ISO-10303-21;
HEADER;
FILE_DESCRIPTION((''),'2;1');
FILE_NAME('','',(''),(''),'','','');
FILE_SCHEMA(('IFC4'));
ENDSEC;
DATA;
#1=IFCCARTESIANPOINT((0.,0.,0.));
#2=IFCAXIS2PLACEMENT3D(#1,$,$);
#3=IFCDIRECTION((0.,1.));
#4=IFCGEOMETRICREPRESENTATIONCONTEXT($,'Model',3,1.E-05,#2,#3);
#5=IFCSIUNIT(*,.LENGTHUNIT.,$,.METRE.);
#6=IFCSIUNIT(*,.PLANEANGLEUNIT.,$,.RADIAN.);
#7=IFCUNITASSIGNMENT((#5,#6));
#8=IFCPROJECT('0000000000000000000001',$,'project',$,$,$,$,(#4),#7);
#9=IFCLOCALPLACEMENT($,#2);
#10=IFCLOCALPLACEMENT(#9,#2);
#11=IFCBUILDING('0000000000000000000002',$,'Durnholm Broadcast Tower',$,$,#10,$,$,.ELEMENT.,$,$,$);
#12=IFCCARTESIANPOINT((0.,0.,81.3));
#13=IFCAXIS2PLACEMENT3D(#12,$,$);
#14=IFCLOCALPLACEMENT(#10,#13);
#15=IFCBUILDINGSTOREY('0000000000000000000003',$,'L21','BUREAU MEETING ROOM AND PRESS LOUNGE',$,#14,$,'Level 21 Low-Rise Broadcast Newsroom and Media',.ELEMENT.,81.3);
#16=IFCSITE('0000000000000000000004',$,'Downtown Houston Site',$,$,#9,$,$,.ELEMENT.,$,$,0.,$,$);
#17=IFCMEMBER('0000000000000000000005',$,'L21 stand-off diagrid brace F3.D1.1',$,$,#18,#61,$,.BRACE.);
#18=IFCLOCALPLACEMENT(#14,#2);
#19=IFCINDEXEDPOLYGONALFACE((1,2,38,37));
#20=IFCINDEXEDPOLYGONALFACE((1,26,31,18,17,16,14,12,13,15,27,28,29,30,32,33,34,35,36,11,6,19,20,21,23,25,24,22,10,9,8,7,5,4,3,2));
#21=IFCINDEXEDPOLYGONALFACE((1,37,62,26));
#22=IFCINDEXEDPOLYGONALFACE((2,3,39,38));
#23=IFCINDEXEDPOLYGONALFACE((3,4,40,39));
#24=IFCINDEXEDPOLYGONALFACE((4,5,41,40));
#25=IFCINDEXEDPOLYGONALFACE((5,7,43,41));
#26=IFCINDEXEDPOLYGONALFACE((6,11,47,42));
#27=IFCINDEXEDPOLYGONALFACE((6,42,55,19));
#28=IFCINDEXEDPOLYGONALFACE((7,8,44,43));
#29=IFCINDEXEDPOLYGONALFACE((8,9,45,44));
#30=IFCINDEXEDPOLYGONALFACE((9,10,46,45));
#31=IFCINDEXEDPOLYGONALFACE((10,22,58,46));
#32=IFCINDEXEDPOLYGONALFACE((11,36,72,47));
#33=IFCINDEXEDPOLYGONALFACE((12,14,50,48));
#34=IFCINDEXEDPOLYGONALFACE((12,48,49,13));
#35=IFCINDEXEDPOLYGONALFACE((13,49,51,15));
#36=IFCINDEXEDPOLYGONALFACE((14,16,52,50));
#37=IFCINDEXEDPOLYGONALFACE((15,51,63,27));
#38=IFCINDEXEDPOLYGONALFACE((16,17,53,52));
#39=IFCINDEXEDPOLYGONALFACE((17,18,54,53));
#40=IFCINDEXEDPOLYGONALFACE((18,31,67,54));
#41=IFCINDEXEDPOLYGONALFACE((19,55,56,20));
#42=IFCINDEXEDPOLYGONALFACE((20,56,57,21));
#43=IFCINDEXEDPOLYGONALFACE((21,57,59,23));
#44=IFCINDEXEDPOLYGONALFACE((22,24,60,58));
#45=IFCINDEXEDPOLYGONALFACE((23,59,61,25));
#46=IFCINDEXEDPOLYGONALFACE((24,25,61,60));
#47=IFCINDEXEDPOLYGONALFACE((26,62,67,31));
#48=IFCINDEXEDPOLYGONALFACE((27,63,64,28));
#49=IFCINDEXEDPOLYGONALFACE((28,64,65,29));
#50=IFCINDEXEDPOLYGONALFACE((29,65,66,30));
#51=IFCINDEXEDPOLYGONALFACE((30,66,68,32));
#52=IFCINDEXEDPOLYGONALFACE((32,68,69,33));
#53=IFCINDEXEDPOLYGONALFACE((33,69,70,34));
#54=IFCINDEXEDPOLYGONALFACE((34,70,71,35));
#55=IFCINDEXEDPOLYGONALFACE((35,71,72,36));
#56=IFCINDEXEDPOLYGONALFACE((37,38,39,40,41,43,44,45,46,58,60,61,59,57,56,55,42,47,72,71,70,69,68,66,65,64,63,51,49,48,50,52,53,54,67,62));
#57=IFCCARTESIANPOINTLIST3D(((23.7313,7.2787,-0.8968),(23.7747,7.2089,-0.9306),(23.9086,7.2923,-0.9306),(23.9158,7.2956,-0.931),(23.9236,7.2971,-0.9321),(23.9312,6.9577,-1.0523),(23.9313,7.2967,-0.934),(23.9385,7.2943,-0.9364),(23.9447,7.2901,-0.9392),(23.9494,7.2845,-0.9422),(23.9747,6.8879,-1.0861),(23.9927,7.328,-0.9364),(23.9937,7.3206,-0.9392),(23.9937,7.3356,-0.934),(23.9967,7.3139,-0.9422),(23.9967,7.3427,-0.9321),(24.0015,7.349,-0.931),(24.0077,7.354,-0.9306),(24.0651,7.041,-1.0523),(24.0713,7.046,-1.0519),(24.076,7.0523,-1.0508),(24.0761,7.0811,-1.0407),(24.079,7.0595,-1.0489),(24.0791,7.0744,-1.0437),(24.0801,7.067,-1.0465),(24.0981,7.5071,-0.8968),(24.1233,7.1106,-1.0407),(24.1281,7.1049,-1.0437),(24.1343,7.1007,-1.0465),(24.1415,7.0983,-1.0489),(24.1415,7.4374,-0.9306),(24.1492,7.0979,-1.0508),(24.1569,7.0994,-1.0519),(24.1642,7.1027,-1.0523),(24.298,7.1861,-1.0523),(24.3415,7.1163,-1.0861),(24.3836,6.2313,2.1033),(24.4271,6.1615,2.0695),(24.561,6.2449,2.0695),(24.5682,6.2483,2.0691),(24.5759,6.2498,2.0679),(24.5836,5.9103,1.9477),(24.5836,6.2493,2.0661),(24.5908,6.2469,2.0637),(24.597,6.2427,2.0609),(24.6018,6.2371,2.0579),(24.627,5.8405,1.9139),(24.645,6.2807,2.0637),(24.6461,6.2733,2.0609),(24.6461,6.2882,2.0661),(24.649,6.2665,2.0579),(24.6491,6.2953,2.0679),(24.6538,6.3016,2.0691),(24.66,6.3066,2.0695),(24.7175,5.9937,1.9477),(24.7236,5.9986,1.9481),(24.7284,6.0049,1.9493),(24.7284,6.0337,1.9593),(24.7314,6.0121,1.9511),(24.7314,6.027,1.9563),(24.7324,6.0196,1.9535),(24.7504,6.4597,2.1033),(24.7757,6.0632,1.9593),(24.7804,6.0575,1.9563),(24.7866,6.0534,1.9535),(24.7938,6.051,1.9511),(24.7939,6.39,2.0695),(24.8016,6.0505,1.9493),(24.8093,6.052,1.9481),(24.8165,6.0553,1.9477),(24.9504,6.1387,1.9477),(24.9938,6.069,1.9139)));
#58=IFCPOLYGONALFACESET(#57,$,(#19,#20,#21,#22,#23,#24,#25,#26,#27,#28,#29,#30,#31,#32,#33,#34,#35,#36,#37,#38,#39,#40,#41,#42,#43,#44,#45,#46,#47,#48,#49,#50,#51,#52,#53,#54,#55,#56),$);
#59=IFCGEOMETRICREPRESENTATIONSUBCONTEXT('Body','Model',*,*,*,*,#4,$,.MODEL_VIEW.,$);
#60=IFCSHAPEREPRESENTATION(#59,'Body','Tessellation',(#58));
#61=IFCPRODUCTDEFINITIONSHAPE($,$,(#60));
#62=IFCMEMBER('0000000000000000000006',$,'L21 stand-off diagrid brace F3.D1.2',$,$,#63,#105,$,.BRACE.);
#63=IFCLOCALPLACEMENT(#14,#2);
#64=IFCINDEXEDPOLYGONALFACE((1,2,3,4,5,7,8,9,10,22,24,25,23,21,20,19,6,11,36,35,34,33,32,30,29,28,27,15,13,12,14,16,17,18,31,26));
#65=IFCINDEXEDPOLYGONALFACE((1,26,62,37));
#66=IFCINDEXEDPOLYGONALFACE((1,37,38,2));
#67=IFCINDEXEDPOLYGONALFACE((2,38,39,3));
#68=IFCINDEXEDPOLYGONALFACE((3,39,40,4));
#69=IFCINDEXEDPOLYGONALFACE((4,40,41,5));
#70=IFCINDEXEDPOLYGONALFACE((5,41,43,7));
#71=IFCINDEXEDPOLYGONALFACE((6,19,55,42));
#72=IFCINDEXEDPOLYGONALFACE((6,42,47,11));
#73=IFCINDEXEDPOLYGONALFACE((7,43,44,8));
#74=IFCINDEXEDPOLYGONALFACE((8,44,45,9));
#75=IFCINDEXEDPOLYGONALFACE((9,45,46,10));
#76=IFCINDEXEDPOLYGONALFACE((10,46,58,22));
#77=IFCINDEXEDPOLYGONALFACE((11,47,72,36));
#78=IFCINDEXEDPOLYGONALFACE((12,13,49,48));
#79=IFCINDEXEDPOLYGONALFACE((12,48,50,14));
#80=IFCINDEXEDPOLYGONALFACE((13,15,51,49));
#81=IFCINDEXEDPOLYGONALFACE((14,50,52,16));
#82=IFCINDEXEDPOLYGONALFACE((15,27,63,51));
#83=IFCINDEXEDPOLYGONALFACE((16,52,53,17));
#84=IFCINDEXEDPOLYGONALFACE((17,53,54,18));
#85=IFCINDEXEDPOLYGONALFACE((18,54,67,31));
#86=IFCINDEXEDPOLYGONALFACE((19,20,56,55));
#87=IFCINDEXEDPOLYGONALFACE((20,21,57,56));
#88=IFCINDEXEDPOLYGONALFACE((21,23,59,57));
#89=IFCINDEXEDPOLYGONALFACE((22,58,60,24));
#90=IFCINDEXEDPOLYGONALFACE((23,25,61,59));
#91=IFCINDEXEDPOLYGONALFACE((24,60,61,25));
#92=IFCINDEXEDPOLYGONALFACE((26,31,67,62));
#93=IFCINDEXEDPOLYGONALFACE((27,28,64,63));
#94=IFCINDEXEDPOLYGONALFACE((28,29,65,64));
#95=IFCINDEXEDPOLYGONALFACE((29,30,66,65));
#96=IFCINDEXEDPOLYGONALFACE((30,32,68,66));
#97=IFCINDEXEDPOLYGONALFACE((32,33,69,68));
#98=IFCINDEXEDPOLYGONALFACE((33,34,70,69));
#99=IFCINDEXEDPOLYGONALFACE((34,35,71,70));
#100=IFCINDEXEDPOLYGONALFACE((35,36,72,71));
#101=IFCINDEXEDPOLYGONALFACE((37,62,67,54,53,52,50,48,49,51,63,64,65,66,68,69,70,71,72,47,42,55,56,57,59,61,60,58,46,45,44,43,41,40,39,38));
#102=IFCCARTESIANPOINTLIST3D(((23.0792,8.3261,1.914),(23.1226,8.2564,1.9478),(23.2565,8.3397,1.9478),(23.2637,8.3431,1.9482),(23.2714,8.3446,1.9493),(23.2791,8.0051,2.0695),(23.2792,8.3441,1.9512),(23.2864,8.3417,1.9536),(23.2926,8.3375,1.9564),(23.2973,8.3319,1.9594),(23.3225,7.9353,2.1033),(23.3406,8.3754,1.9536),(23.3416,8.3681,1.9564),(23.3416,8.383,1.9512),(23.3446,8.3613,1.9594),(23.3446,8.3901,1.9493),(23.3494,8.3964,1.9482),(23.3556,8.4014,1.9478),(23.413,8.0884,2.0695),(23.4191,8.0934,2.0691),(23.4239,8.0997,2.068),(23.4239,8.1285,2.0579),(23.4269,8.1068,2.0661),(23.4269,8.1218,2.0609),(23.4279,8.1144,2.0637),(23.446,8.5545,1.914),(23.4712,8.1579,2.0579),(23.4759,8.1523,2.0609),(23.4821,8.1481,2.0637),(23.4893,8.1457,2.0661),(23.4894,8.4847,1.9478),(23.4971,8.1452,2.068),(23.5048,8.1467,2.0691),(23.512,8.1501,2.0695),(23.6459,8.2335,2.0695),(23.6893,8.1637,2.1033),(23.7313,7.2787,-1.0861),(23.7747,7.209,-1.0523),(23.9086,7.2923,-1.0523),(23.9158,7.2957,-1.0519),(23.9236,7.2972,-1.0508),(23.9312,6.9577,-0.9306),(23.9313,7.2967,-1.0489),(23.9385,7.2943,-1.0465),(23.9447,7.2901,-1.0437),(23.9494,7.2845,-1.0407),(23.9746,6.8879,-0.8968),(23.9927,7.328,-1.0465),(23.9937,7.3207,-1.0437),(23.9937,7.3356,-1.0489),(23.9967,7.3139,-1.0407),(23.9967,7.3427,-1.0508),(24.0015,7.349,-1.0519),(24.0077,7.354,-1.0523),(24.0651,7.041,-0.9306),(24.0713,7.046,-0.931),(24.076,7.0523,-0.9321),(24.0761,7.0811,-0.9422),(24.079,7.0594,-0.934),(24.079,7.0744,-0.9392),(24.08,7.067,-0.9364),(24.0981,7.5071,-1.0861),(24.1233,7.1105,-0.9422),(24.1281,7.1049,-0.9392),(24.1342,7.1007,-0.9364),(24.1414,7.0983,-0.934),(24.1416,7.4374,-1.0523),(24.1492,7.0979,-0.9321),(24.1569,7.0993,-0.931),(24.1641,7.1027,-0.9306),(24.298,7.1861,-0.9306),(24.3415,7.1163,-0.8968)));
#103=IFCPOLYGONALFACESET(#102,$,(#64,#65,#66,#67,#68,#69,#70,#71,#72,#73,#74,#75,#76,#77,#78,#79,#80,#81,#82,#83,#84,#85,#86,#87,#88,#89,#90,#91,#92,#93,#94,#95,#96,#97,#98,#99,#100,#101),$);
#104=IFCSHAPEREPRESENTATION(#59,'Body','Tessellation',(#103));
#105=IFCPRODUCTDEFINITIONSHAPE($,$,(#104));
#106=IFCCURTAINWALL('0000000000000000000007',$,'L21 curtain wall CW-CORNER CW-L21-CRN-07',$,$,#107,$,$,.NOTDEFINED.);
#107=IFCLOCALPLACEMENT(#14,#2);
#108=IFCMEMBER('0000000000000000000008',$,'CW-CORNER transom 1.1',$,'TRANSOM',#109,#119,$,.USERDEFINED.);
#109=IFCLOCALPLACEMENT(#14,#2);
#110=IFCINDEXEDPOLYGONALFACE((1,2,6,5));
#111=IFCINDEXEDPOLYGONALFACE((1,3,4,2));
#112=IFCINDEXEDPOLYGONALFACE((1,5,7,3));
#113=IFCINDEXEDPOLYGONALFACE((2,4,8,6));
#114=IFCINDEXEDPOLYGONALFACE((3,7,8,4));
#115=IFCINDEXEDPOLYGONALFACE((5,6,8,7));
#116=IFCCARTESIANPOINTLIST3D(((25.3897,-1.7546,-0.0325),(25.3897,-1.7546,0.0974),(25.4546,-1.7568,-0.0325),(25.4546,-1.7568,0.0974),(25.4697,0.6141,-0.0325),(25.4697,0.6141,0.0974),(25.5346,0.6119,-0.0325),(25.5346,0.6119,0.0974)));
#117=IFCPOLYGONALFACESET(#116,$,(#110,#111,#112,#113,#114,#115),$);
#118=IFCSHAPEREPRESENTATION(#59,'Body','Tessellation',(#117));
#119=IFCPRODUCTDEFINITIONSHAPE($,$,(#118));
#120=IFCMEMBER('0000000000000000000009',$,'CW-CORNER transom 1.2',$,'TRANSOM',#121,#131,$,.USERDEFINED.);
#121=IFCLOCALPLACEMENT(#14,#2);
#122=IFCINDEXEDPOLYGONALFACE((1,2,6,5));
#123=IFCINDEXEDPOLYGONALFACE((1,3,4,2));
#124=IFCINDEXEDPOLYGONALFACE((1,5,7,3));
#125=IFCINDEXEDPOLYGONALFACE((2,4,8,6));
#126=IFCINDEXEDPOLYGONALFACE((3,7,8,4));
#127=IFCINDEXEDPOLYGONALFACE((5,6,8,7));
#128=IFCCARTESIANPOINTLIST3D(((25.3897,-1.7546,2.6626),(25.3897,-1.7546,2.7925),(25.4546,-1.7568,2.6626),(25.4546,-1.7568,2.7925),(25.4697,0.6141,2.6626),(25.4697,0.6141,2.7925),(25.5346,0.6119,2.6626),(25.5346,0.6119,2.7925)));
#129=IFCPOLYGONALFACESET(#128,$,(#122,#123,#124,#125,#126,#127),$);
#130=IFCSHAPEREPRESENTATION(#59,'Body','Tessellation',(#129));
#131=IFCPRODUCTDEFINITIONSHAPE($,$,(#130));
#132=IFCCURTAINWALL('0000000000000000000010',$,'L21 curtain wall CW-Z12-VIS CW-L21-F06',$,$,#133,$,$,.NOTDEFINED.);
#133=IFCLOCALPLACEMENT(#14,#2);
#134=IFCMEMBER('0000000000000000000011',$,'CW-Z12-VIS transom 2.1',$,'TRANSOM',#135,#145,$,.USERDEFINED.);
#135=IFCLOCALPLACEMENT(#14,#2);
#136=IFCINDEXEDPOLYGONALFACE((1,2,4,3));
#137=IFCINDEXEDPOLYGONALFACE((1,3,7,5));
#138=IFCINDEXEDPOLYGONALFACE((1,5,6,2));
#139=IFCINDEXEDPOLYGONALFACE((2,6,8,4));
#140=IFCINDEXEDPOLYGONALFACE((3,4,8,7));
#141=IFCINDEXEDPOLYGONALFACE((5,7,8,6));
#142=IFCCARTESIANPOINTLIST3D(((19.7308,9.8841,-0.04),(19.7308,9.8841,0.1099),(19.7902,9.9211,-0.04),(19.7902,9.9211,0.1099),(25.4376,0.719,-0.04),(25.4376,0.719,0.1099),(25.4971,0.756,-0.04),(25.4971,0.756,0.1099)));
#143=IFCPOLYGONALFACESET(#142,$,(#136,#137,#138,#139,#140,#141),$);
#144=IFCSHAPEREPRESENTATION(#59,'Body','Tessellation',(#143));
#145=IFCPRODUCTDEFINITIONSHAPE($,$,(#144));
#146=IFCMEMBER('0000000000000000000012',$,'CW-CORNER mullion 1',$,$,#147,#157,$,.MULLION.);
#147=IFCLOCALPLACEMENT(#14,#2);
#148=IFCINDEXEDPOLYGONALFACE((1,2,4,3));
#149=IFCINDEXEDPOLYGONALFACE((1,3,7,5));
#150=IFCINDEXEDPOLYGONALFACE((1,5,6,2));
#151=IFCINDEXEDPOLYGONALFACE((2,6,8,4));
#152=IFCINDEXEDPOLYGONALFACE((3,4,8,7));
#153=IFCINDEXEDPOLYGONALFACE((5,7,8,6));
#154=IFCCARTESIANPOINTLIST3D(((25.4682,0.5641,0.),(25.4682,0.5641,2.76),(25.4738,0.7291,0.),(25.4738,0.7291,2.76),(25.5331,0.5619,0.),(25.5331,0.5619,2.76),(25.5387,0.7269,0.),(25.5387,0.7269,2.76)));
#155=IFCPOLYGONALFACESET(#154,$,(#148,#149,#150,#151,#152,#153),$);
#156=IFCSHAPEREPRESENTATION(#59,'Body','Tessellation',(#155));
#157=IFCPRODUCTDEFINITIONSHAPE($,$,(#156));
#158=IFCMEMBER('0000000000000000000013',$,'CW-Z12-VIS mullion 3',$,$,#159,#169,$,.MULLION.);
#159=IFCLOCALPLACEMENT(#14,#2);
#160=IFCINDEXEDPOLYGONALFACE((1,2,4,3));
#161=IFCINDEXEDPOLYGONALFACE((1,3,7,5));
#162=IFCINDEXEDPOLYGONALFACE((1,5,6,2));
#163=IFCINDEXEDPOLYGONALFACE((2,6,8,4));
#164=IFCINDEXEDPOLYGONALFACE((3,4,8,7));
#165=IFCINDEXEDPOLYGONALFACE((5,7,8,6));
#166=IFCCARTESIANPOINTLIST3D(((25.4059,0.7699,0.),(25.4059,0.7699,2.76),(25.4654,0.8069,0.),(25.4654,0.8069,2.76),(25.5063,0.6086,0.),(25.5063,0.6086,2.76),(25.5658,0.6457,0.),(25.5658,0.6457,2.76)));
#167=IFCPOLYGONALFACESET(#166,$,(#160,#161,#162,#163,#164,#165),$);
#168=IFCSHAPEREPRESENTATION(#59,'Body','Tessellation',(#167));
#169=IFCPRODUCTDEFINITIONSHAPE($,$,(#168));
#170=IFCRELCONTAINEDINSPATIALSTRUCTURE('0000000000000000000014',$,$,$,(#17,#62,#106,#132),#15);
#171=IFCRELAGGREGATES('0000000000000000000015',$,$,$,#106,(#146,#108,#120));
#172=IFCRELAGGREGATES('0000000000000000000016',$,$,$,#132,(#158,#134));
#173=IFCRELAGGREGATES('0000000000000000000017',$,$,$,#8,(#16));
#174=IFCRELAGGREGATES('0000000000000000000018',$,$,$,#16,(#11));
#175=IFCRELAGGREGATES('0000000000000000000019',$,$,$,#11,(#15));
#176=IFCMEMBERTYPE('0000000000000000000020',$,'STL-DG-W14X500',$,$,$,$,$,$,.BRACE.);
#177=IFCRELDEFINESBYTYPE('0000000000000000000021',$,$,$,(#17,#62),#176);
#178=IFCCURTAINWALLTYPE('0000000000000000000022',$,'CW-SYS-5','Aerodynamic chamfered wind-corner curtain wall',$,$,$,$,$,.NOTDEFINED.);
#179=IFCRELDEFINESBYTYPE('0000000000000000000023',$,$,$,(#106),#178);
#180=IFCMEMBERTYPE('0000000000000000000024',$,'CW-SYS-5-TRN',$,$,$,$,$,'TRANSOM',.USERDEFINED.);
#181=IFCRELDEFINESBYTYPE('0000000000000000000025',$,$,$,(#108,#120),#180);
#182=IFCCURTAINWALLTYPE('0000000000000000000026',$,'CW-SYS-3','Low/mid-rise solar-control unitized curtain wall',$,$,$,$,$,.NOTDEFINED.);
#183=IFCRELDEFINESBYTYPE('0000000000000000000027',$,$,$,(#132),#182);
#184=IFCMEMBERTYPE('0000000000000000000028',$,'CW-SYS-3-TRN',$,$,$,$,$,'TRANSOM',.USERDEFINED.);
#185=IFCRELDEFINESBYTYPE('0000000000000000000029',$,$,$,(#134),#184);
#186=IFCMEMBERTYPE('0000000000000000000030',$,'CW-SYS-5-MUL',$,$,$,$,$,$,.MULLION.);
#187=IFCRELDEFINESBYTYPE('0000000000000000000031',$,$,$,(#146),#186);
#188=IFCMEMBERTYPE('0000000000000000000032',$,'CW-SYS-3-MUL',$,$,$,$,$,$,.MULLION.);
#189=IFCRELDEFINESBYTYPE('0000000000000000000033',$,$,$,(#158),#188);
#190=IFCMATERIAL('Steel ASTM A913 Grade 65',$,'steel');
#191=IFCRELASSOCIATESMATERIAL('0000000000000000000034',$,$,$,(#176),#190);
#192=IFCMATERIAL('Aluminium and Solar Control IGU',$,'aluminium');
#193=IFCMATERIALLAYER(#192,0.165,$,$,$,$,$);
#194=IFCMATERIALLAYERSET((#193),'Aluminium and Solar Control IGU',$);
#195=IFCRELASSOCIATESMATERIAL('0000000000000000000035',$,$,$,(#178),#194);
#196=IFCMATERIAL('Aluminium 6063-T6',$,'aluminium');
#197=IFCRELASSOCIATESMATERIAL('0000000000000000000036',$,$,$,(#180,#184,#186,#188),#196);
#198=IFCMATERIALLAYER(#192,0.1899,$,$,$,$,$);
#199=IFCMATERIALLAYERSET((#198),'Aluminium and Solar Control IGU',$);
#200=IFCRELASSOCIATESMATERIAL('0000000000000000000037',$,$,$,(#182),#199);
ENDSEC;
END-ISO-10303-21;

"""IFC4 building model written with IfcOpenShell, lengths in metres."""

from ifc_helpers import new_model, si_unit, direction, frame, origin, origin_2d, place, context, subcontext, project, spatial, rectangle, i_section, extrude, source, transform, mapped, material, layer, layer_set, material_profile, profile_set, type_object, type_shapes, element, aggregate, save


model = new_model("IFC4")

# Units and contexts
model_context = context("Model", 3, precision=1e-05, world=origin(), true_north=direction((0.0, 1.0)))
body_context = subcontext(model_context, "Body", "Model", "MODEL_VIEW")
ifc_project = project(units=[si_unit("LENGTHUNIT", "METRE"), si_unit("PLANEANGLEUNIT", "RADIAN")], contexts=[model_context])

# Site, building, storey
site_placement = place(None, origin())
site = spatial("IfcSite", under=ifc_project, at=site_placement, Name="Downtown Houston Site", CompositionType="ELEMENT", RefElevation=0.0)
building_placement = place(site_placement, origin())
building = spatial("IfcBuilding", under=site, at=building_placement, Name="Durnholm Broadcast Tower", CompositionType="ELEMENT")
storey_placement = place(building_placement, frame((0.0, 0.0, 81.3)))
storey = spatial("IfcBuildingStorey", under=building, at=storey_placement, Name="L21", Description="BUREAU MEETING ROOM AND PRESS LOUNGE", LongName="Level 21 Low-Rise Broadcast Newsroom and Media", CompositionType="ELEMENT", Elevation=81.3)

# Members
ifc_material_1 = material(Name="Steel ASTM A913 Grade 65", Category="steel")
ifc_material_profile_1 = material_profile(ifc_material_1, i_section(OverallWidth=0.4321, OverallDepth=0.4978, WebThickness=0.0557, FlangeThickness=0.0889, FilletRadius=0.0305, at=origin_2d()), Name="W14X500")
ifc_profile_set_1 = profile_set([ifc_material_profile_1], Name="Steel ASTM A913 Grade 65")
member_type_1 = type_object("IfcMemberType", Name="STL-DG-W14X500", PredefinedType="BRACE", material=ifc_profile_set_1)
shared_shape_1 = source(origin(), body_context, "Body", "SweptSolid", [
    extrude(i_section(OverallWidth=0.4321, OverallDepth=0.4978, WebThickness=0.0557, FlangeThickness=0.0889, FilletRadius=0.0305, at=origin_2d()), origin(), (0.0, 0.0, 1.0), 3.2439),
])
type_shapes(member_type_1, [shared_shape_1])
for number, where, z_axis, x_axis, name in (
    (1, (24.0364, 7.1975, -0.9915), (0.201102, -0.322877, 0.924829), (0.84882, 0.528682, 0.0), "L21 stand-off diagrid brace F3.D1.1"),
    (2, (24.0364, 7.1975, -0.9915), (-0.20103, 0.322882, 0.924843), (-0.848909, -0.52854, 0.0), "L21 stand-off diagrid brace F3.D1.2"),
):
    element("IfcMember", number, at=place(storey_placement, frame(where, z_axis=z_axis, x_axis=x_axis)), inside=storey, type_object=member_type_1, Name=name, PredefinedType="BRACE", context=body_context, shape_type="MappedRepresentation", body=[
        mapped(shared_shape_1, transform((0.0, 0.0, 0.0), x_axis=(1.0, 0.0, 0.0), y_axis=(0.0, 1.0, 0.0), z_axis=(0.0, 0.0, 1.0), scale=1.0)),
    ])

# Curtain wall, members
ifc_material_2 = material(Name="Aluminium and Solar Control IGU", Category="aluminium")
ifc_layer_1 = layer(ifc_material_2, 0.165)
ifc_layer_set_1 = layer_set([ifc_layer_1], Name="Aluminium and Solar Control IGU")
curtain_wall_type_1 = type_object("IfcCurtainWallType", Name="CW-SYS-5", Description="Aerodynamic chamfered wind-corner curtain wall", PredefinedType="NOTDEFINED", material=ifc_layer_set_1)
curtain_wall_1_placement = place(storey_placement, origin())
curtain_wall_1 = element("IfcCurtainWall", 3, at=curtain_wall_1_placement, inside=storey, type_object=curtain_wall_type_1, Name="L21 curtain wall CW-CORNER CW-L21-CRN-07", PredefinedType="NOTDEFINED")
ifc_material_3 = material(Name="Aluminium 6063-T6", Category="aluminium")
ifc_material_profile_2 = material_profile(ifc_material_3, rectangle(XDim=0.0649, YDim=0.1299, at=origin_2d()), Name="CWT65X130")
ifc_profile_set_2 = profile_set([ifc_material_profile_2], Name="Aluminium 6063-T6")
member_type_2 = type_object("IfcMemberType", Name="CW-SYS-5-TRN", ElementType="TRANSOM", PredefinedType="USERDEFINED", material=ifc_profile_set_2)
shared_shape_2 = source(origin(), body_context, "Body", "SweptSolid", [
    extrude(rectangle(XDim=0.0649, YDim=0.1299, at=origin_2d()), origin(), (0.0, 0.0, 1.0), 2.3701),
])
type_shapes(member_type_2, [shared_shape_2])
member_1_placement = place(storey_placement, frame((25.5022, 0.613, 0.0325), z_axis=(-0.033788, -0.999429, 0.0), x_axis=(0.999429, -0.033788, 0.0)))
member_1 = element("IfcMember", 4, at=member_1_placement, type_object=member_type_2, Name="CW-CORNER transom 1.1", ObjectType="TRANSOM", PredefinedType="USERDEFINED", context=body_context, shape_type="MappedRepresentation", body=[
    mapped(shared_shape_2, transform((0.0, 0.0, 0.0), x_axis=(1.0, 0.0, 0.0), y_axis=(0.0, 1.0, 0.0), z_axis=(0.0, 0.0, 1.0), scale=1.0)),
])
member_2_placement = place(storey_placement, frame((25.5022, 0.613, 2.7275), z_axis=(-0.033788, -0.999429, 0.0), x_axis=(0.999429, -0.033788, 0.0)))
member_2 = element("IfcMember", 5, at=member_2_placement, type_object=member_type_2, Name="CW-CORNER transom 1.2", ObjectType="TRANSOM", PredefinedType="USERDEFINED", context=body_context, shape_type="MappedRepresentation", body=[
    mapped(shared_shape_2, transform((0.0, 0.0, 0.0), x_axis=(1.0, 0.0, 0.0), y_axis=(0.0, 1.0, 0.0), z_axis=(0.0, 0.0, 1.0), scale=1.0)),
])

# Curtain wall, member
ifc_layer_2 = layer(ifc_material_2, 0.1899)
ifc_layer_set_2 = layer_set([ifc_layer_2], Name="Aluminium and Solar Control IGU")
curtain_wall_type_2 = type_object("IfcCurtainWallType", Name="CW-SYS-3", Description="Low/mid-rise solar-control unitized curtain wall", PredefinedType="NOTDEFINED", material=ifc_layer_set_2)
curtain_wall_2_placement = place(storey_placement, origin())
curtain_wall_2 = element("IfcCurtainWall", 6, at=curtain_wall_2_placement, inside=storey, type_object=curtain_wall_type_2, Name="L21 curtain wall CW-Z12-VIS CW-L21-F06", PredefinedType="NOTDEFINED")
ifc_material_profile_3 = material_profile(ifc_material_3, rectangle(XDim=0.0701, YDim=0.1499, at=origin_2d()), Name="CWT70X150")
ifc_profile_set_3 = profile_set([ifc_material_profile_3], Name="Aluminium 6063-T6")
member_type_3 = type_object("IfcMemberType", Name="CW-SYS-3-TRN", ElementType="TRANSOM", PredefinedType="USERDEFINED", material=ifc_profile_set_3)
shared_shape_3 = source(origin(), body_context, "Body", "SweptSolid", [
    extrude(rectangle(XDim=0.0701, YDim=0.1499, at=origin_2d()), origin(), (0.0, 0.0, 1.0), 10.7966),
])
type_shapes(member_type_3, [shared_shape_3])
member_3_placement = place(storey_placement, frame((19.7605, 9.9026, 0.0349), z_axis=(0.528575, -0.848886, 0.0), x_axis=(0.848886, 0.528575, 0.0)))
member_3 = element("IfcMember", 7, at=member_3_placement, type_object=member_type_3, Name="CW-Z12-VIS transom 2.1", ObjectType="TRANSOM", PredefinedType="USERDEFINED", context=body_context, shape_type="MappedRepresentation", body=[
    mapped(shared_shape_3, transform((0.0, 0.0, 0.0), x_axis=(1.0, 0.0, 0.0), y_axis=(0.0, 1.0, 0.0), z_axis=(0.0, 0.0, 1.0), scale=1.0)),
])

# Members
ifc_material_profile_4 = material_profile(ifc_material_3, rectangle(XDim=0.0649, YDim=0.165, at=origin_2d()), Name="CWM65X165")
ifc_profile_set_4 = profile_set([ifc_material_profile_4], Name="Aluminium 6063-T6")
member_type_4 = type_object("IfcMemberType", Name="CW-SYS-5-MUL", PredefinedType="MULLION", material=ifc_profile_set_4)
shared_shape_4 = source(origin(), body_context, "Body", "SweptSolid", [
    extrude(rectangle(XDim=0.0649, YDim=0.165, at=origin_2d()), origin(), (0.0, 0.0, 1.0), 2.76),
])
type_shapes(member_type_4, [shared_shape_4])
member_4_placement = place(storey_placement, frame((25.5034, 0.6455, 0.0), z_axis=(0.0, 0.0, 1.0), x_axis=(0.999427, -0.03384, 0.0)))
member_4 = element("IfcMember", 8, at=member_4_placement, type_object=member_type_4, Name="CW-CORNER mullion 1", PredefinedType="MULLION", context=body_context, shape_type="MappedRepresentation", body=[
    mapped(shared_shape_4, transform((0.0, 0.0, 0.0), x_axis=(1.0, 0.0, 0.0), y_axis=(0.0, 1.0, 0.0), z_axis=(0.0, 0.0, 1.0), scale=1.0)),
])
aggregate(curtain_wall_1, [member_4, member_1, member_2])
ifc_material_profile_5 = material_profile(ifc_material_3, rectangle(XDim=0.0701, YDim=0.1899, at=origin_2d()), Name="CWM70X190")
ifc_profile_set_5 = profile_set([ifc_material_profile_5], Name="Aluminium 6063-T6")
member_type_5 = type_object("IfcMemberType", Name="CW-SYS-3-MUL", PredefinedType="MULLION", material=ifc_profile_set_5)
shared_shape_5 = source(origin(), body_context, "Body", "SweptSolid", [
    extrude(rectangle(XDim=0.0701, YDim=0.1899, at=origin_2d()), origin(), (0.0, 0.0, 1.0), 2.76),
])
type_shapes(member_type_5, [shared_shape_5])
member_5_placement = place(storey_placement, frame((25.4858, 0.7078, 0.0), z_axis=(0.0, 0.0, 1.0), x_axis=(0.848876, 0.528592, 0.0)))
member_5 = element("IfcMember", 9, at=member_5_placement, type_object=member_type_5, Name="CW-Z12-VIS mullion 3", PredefinedType="MULLION", context=body_context, shape_type="MappedRepresentation", body=[
    mapped(shared_shape_5, transform((0.0, 0.0, 0.0), x_axis=(1.0, 0.0, 0.0), y_axis=(0.0, 1.0, 0.0), z_axis=(0.0, 0.0, 1.0), scale=1.0)),
])

aggregate(curtain_wall_2, [member_5, member_3])

save(model, "model.ifc")
